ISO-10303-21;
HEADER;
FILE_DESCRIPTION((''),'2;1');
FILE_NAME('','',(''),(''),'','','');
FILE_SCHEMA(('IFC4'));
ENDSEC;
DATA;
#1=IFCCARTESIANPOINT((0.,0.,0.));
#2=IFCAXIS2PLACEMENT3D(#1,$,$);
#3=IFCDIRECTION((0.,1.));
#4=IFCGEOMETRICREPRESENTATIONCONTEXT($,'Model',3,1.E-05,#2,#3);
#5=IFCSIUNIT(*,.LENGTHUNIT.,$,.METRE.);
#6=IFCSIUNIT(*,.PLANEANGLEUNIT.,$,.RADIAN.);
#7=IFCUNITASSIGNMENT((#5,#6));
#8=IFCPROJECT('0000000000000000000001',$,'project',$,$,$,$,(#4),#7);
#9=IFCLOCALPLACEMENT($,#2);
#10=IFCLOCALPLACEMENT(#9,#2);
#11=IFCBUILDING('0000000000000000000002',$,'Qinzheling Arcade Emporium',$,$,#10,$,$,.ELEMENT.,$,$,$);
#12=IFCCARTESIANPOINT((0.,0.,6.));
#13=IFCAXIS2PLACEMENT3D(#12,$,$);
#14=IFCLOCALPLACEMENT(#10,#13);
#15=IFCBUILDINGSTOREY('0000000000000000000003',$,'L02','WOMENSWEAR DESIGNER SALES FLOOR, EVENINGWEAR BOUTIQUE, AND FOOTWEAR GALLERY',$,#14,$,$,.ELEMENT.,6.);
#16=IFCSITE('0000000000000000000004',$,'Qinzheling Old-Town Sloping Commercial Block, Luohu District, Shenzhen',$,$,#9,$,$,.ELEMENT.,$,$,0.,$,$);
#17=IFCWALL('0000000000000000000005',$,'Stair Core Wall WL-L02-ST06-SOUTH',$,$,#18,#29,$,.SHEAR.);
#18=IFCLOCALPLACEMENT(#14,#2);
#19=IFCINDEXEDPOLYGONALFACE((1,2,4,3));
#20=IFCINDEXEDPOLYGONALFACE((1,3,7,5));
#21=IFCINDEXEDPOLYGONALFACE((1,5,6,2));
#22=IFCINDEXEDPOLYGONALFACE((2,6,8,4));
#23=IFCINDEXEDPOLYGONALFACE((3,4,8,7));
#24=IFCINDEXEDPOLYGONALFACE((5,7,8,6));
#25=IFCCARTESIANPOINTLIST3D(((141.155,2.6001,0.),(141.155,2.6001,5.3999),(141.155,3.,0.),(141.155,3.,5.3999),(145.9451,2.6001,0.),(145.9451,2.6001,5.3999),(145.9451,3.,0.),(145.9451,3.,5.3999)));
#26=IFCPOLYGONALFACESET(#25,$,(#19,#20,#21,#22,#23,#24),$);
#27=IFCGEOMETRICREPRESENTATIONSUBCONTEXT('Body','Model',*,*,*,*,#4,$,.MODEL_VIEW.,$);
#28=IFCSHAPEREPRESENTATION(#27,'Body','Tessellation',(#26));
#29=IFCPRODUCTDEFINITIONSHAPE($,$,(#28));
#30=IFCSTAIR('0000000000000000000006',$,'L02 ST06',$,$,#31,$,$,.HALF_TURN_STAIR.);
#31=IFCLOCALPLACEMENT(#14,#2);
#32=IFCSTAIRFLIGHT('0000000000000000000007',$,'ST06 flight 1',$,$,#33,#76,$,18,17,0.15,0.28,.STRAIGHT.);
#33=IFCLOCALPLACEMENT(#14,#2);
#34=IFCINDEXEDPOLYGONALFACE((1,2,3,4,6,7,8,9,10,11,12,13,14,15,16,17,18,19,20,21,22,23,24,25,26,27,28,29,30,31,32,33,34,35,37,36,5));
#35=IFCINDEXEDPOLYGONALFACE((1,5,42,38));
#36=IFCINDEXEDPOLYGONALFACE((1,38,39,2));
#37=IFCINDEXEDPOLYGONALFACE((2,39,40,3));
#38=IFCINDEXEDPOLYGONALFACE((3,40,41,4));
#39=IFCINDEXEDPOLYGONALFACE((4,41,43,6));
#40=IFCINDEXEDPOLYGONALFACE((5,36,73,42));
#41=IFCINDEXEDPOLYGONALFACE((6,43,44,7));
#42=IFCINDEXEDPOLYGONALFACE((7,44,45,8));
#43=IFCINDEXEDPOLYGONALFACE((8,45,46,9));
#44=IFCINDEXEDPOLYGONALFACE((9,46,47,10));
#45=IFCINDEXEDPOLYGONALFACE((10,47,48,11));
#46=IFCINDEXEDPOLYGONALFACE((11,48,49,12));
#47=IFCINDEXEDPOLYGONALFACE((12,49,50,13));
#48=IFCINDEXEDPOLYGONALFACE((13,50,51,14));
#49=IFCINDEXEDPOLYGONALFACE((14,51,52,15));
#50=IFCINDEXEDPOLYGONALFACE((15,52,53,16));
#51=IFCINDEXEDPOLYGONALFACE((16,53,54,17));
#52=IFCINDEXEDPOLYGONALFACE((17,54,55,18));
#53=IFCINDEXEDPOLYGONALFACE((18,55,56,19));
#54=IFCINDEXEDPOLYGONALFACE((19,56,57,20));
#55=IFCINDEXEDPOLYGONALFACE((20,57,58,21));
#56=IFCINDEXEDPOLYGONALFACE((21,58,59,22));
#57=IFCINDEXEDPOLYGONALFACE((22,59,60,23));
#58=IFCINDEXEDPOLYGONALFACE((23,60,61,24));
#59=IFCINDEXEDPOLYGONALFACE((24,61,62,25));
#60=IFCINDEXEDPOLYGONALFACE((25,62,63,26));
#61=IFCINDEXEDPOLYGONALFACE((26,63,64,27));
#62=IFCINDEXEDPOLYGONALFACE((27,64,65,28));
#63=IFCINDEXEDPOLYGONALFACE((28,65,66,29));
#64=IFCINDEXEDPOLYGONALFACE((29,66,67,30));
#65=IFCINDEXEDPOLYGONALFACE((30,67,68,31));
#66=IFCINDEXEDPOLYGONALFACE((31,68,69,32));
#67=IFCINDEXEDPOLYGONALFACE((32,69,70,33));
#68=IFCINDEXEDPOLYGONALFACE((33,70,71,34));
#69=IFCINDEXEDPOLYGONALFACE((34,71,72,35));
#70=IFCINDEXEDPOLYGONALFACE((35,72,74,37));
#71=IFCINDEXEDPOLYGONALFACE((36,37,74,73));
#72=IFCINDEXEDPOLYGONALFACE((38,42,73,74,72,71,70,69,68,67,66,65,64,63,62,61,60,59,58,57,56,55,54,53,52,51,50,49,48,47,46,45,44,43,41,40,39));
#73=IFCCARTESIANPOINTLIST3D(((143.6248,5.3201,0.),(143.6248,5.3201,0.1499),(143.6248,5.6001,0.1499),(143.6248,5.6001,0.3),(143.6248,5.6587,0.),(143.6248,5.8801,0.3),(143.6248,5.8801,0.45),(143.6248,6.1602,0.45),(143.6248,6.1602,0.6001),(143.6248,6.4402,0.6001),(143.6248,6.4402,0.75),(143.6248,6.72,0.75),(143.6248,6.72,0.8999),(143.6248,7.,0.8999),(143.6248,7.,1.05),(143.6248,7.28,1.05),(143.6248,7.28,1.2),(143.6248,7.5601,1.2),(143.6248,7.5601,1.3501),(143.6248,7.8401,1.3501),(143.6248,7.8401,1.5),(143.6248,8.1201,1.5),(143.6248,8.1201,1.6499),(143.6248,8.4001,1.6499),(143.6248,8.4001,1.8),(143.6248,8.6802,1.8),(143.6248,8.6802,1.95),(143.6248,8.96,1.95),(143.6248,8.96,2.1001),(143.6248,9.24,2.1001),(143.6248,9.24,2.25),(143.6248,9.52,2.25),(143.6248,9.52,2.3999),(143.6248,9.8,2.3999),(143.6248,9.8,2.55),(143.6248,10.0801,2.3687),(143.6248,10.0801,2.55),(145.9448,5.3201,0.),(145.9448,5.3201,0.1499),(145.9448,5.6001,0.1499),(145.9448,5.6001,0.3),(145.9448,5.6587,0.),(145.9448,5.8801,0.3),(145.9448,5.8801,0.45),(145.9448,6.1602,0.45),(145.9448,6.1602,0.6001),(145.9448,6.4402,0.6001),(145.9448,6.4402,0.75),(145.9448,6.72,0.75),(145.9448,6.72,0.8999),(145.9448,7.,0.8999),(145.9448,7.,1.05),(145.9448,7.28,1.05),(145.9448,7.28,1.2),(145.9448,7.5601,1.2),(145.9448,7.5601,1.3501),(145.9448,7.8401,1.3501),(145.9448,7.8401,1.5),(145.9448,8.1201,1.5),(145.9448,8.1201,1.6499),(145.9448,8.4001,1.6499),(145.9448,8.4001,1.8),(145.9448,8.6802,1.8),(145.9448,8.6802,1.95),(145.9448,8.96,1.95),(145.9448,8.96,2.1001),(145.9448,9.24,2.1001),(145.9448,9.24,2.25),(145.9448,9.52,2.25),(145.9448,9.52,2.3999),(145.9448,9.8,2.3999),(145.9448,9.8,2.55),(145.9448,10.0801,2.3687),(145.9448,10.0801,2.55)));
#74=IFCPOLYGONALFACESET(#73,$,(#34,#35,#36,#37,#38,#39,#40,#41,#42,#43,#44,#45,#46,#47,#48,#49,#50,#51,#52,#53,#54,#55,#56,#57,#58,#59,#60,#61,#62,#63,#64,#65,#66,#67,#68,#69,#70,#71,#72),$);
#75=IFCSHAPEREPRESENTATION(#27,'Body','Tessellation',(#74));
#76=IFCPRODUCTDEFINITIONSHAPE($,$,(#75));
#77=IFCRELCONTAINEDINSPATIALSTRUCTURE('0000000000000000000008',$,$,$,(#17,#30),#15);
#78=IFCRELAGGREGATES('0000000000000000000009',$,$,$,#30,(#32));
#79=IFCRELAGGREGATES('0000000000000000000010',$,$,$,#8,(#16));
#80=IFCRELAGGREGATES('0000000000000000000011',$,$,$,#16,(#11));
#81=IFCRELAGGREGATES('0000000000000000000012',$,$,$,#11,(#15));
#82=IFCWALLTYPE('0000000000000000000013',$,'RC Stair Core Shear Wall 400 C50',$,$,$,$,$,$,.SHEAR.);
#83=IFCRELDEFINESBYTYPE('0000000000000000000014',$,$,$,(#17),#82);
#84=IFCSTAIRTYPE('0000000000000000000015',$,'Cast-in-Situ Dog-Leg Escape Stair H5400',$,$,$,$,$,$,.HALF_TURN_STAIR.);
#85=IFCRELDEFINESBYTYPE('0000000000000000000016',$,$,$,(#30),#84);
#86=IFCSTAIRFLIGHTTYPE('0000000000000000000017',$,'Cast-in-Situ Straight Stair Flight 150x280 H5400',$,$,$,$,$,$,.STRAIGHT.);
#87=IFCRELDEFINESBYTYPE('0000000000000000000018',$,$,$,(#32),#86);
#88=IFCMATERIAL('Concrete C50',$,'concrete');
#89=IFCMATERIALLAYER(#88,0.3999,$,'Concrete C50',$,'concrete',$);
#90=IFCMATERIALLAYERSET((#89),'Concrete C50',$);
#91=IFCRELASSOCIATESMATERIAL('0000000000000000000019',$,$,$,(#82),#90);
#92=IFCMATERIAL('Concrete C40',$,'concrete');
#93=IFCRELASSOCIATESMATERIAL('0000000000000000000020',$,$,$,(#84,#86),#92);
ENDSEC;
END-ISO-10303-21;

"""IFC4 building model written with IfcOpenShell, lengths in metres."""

from ifc_helpers import new_model, si_unit, direction, frame, frame_2d, origin, place, context, subcontext, project, spatial, polyline, rectangle, outline, extrude, material, layer, layer_set, type_object, element, aggregate, save


model = new_model("IFC4")

# Units and contexts
model_context = context("Model", 3, precision=1e-05, world=origin(), true_north=direction((0.0, 1.0)))
body_context = subcontext(model_context, "Body", "Model", "MODEL_VIEW")
ifc_project = project(units=[si_unit("LENGTHUNIT", "METRE"), si_unit("PLANEANGLEUNIT", "RADIAN")], contexts=[model_context])

# Site, building, storey
site_placement = place(None, origin())
site = spatial("IfcSite", under=ifc_project, at=site_placement, Name="Qinzheling Old-Town Sloping Commercial Block, Luohu District, Shenzhen", CompositionType="ELEMENT", RefElevation=0.0)
building_placement = place(site_placement, origin())
building = spatial("IfcBuilding", under=site, at=building_placement, Name="Qinzheling Arcade Emporium", CompositionType="ELEMENT")
storey_placement = place(building_placement, frame((0.0, 0.0, 6.0)))
storey = spatial("IfcBuildingStorey", under=building, at=storey_placement, Name="L02", Description="WOMENSWEAR DESIGNER SALES FLOOR, EVENINGWEAR BOUTIQUE, AND FOOTWEAR GALLERY", CompositionType="ELEMENT", Elevation=6.0)

# Shared definitions
ifc_material_1 = material(Name="Concrete C50", Category="concrete")

# Shared definitions
ifc_material_2 = material(Name="Concrete C40", Category="concrete")

# Wall
ifc_layer_1 = layer(ifc_material_1, 0.3999, Name="Concrete C50", Category="concrete")
ifc_layer_set_1 = layer_set([ifc_layer_1], Name="Concrete C50")
wall_type_1 = type_object("IfcWallType", Name="RC Stair Core Shear Wall 400 C50", PredefinedType="SHEAR", material=ifc_layer_set_1)
wall_1_placement = place(storey_placement, frame((145.9451, 2.8, 0.0), z_axis=(0.0, 0.0, 1.0), x_axis=(-1.0, 0.0, 0.0)))
element("IfcWall", 1, at=wall_1_placement, inside=storey, type_object=wall_type_1, Name="Stair Core Wall WL-L02-ST06-SOUTH", PredefinedType="SHEAR", context=body_context, shape_type="SweptSolid", body=[
    extrude(rectangle(XDim=4.79, YDim=0.3999, at=frame_2d((2.395, 0.0))), origin(), (0.0, 0.0, 1.0), 5.3999),
])

# Stair, stair flight
stair_type = type_object("IfcStairType", Name="Cast-in-Situ Dog-Leg Escape Stair H5400", PredefinedType="HALF_TURN_STAIR", material=ifc_material_2)
stair_placement = place(storey_placement, origin())
stair = element("IfcStair", 2, at=stair_placement, inside=storey, type_object=stair_type, Name="L02 ST06", PredefinedType="HALF_TURN_STAIR")
stair_flight_type = type_object("IfcStairFlightType", Name="Cast-in-Situ Straight Stair Flight 150x280 H5400", PredefinedType="STRAIGHT", material=ifc_material_2)
stair_flight_placement = place(storey_placement, frame((144.7849, 5.3201, 0.0), z_axis=(0.0, 0.0, 1.0), x_axis=(0.0, 1.0, 0.0)))
stair_flight = element("IfcStairFlight", 3, at=stair_flight_placement, type_object=stair_flight_type, Name="ST06 flight 1", NumberOfRisers=18, NumberOfTreads=17, PredefinedType="STRAIGHT", RiserHeight=0.15, TreadLength=0.28, context=body_context, shape_type="SweptSolid", body=[
    extrude(outline(polyline([(0.0, 0.0), (0.0, 0.1499), (0.28, 0.1499), (0.28, 0.3), (0.5601, 0.3), (0.5601, 0.45), (0.8401, 0.45), (0.8401, 0.6001), (1.1201, 0.6001), (1.1201, 0.75), (1.3999, 0.75), (1.3999, 0.8999), (1.6799, 0.8999), (1.6799, 1.05), (1.96, 1.05), (1.96, 1.2), (2.24, 1.2), (2.24, 1.3501), (2.52, 1.3501), (2.52, 1.5), (2.8, 1.5), (2.8, 1.6499), (3.0801, 1.6499), (3.0801, 1.8), (3.3601, 1.8), (3.3601, 1.95), (3.6399, 1.95), (3.6399, 2.1001), (3.9199, 2.1001), (3.9199, 2.25), (4.2, 2.25), (4.2, 2.3999), (4.48, 2.3999), (4.48, 2.55), (4.76, 2.55), (4.76, 2.7), (4.76, 2.3687), (0.3386, 0.0), (0.0, 0.0)])), frame((0.0, 1.1602, 0.0), z_axis=(0.0, -1.0, 0.0), x_axis=(1.0, 0.0, 0.0)), (0.0, 0.0, 1.0), 2.3201),
])
aggregate(stair, [stair_flight])

save(model, "model.ifc")
